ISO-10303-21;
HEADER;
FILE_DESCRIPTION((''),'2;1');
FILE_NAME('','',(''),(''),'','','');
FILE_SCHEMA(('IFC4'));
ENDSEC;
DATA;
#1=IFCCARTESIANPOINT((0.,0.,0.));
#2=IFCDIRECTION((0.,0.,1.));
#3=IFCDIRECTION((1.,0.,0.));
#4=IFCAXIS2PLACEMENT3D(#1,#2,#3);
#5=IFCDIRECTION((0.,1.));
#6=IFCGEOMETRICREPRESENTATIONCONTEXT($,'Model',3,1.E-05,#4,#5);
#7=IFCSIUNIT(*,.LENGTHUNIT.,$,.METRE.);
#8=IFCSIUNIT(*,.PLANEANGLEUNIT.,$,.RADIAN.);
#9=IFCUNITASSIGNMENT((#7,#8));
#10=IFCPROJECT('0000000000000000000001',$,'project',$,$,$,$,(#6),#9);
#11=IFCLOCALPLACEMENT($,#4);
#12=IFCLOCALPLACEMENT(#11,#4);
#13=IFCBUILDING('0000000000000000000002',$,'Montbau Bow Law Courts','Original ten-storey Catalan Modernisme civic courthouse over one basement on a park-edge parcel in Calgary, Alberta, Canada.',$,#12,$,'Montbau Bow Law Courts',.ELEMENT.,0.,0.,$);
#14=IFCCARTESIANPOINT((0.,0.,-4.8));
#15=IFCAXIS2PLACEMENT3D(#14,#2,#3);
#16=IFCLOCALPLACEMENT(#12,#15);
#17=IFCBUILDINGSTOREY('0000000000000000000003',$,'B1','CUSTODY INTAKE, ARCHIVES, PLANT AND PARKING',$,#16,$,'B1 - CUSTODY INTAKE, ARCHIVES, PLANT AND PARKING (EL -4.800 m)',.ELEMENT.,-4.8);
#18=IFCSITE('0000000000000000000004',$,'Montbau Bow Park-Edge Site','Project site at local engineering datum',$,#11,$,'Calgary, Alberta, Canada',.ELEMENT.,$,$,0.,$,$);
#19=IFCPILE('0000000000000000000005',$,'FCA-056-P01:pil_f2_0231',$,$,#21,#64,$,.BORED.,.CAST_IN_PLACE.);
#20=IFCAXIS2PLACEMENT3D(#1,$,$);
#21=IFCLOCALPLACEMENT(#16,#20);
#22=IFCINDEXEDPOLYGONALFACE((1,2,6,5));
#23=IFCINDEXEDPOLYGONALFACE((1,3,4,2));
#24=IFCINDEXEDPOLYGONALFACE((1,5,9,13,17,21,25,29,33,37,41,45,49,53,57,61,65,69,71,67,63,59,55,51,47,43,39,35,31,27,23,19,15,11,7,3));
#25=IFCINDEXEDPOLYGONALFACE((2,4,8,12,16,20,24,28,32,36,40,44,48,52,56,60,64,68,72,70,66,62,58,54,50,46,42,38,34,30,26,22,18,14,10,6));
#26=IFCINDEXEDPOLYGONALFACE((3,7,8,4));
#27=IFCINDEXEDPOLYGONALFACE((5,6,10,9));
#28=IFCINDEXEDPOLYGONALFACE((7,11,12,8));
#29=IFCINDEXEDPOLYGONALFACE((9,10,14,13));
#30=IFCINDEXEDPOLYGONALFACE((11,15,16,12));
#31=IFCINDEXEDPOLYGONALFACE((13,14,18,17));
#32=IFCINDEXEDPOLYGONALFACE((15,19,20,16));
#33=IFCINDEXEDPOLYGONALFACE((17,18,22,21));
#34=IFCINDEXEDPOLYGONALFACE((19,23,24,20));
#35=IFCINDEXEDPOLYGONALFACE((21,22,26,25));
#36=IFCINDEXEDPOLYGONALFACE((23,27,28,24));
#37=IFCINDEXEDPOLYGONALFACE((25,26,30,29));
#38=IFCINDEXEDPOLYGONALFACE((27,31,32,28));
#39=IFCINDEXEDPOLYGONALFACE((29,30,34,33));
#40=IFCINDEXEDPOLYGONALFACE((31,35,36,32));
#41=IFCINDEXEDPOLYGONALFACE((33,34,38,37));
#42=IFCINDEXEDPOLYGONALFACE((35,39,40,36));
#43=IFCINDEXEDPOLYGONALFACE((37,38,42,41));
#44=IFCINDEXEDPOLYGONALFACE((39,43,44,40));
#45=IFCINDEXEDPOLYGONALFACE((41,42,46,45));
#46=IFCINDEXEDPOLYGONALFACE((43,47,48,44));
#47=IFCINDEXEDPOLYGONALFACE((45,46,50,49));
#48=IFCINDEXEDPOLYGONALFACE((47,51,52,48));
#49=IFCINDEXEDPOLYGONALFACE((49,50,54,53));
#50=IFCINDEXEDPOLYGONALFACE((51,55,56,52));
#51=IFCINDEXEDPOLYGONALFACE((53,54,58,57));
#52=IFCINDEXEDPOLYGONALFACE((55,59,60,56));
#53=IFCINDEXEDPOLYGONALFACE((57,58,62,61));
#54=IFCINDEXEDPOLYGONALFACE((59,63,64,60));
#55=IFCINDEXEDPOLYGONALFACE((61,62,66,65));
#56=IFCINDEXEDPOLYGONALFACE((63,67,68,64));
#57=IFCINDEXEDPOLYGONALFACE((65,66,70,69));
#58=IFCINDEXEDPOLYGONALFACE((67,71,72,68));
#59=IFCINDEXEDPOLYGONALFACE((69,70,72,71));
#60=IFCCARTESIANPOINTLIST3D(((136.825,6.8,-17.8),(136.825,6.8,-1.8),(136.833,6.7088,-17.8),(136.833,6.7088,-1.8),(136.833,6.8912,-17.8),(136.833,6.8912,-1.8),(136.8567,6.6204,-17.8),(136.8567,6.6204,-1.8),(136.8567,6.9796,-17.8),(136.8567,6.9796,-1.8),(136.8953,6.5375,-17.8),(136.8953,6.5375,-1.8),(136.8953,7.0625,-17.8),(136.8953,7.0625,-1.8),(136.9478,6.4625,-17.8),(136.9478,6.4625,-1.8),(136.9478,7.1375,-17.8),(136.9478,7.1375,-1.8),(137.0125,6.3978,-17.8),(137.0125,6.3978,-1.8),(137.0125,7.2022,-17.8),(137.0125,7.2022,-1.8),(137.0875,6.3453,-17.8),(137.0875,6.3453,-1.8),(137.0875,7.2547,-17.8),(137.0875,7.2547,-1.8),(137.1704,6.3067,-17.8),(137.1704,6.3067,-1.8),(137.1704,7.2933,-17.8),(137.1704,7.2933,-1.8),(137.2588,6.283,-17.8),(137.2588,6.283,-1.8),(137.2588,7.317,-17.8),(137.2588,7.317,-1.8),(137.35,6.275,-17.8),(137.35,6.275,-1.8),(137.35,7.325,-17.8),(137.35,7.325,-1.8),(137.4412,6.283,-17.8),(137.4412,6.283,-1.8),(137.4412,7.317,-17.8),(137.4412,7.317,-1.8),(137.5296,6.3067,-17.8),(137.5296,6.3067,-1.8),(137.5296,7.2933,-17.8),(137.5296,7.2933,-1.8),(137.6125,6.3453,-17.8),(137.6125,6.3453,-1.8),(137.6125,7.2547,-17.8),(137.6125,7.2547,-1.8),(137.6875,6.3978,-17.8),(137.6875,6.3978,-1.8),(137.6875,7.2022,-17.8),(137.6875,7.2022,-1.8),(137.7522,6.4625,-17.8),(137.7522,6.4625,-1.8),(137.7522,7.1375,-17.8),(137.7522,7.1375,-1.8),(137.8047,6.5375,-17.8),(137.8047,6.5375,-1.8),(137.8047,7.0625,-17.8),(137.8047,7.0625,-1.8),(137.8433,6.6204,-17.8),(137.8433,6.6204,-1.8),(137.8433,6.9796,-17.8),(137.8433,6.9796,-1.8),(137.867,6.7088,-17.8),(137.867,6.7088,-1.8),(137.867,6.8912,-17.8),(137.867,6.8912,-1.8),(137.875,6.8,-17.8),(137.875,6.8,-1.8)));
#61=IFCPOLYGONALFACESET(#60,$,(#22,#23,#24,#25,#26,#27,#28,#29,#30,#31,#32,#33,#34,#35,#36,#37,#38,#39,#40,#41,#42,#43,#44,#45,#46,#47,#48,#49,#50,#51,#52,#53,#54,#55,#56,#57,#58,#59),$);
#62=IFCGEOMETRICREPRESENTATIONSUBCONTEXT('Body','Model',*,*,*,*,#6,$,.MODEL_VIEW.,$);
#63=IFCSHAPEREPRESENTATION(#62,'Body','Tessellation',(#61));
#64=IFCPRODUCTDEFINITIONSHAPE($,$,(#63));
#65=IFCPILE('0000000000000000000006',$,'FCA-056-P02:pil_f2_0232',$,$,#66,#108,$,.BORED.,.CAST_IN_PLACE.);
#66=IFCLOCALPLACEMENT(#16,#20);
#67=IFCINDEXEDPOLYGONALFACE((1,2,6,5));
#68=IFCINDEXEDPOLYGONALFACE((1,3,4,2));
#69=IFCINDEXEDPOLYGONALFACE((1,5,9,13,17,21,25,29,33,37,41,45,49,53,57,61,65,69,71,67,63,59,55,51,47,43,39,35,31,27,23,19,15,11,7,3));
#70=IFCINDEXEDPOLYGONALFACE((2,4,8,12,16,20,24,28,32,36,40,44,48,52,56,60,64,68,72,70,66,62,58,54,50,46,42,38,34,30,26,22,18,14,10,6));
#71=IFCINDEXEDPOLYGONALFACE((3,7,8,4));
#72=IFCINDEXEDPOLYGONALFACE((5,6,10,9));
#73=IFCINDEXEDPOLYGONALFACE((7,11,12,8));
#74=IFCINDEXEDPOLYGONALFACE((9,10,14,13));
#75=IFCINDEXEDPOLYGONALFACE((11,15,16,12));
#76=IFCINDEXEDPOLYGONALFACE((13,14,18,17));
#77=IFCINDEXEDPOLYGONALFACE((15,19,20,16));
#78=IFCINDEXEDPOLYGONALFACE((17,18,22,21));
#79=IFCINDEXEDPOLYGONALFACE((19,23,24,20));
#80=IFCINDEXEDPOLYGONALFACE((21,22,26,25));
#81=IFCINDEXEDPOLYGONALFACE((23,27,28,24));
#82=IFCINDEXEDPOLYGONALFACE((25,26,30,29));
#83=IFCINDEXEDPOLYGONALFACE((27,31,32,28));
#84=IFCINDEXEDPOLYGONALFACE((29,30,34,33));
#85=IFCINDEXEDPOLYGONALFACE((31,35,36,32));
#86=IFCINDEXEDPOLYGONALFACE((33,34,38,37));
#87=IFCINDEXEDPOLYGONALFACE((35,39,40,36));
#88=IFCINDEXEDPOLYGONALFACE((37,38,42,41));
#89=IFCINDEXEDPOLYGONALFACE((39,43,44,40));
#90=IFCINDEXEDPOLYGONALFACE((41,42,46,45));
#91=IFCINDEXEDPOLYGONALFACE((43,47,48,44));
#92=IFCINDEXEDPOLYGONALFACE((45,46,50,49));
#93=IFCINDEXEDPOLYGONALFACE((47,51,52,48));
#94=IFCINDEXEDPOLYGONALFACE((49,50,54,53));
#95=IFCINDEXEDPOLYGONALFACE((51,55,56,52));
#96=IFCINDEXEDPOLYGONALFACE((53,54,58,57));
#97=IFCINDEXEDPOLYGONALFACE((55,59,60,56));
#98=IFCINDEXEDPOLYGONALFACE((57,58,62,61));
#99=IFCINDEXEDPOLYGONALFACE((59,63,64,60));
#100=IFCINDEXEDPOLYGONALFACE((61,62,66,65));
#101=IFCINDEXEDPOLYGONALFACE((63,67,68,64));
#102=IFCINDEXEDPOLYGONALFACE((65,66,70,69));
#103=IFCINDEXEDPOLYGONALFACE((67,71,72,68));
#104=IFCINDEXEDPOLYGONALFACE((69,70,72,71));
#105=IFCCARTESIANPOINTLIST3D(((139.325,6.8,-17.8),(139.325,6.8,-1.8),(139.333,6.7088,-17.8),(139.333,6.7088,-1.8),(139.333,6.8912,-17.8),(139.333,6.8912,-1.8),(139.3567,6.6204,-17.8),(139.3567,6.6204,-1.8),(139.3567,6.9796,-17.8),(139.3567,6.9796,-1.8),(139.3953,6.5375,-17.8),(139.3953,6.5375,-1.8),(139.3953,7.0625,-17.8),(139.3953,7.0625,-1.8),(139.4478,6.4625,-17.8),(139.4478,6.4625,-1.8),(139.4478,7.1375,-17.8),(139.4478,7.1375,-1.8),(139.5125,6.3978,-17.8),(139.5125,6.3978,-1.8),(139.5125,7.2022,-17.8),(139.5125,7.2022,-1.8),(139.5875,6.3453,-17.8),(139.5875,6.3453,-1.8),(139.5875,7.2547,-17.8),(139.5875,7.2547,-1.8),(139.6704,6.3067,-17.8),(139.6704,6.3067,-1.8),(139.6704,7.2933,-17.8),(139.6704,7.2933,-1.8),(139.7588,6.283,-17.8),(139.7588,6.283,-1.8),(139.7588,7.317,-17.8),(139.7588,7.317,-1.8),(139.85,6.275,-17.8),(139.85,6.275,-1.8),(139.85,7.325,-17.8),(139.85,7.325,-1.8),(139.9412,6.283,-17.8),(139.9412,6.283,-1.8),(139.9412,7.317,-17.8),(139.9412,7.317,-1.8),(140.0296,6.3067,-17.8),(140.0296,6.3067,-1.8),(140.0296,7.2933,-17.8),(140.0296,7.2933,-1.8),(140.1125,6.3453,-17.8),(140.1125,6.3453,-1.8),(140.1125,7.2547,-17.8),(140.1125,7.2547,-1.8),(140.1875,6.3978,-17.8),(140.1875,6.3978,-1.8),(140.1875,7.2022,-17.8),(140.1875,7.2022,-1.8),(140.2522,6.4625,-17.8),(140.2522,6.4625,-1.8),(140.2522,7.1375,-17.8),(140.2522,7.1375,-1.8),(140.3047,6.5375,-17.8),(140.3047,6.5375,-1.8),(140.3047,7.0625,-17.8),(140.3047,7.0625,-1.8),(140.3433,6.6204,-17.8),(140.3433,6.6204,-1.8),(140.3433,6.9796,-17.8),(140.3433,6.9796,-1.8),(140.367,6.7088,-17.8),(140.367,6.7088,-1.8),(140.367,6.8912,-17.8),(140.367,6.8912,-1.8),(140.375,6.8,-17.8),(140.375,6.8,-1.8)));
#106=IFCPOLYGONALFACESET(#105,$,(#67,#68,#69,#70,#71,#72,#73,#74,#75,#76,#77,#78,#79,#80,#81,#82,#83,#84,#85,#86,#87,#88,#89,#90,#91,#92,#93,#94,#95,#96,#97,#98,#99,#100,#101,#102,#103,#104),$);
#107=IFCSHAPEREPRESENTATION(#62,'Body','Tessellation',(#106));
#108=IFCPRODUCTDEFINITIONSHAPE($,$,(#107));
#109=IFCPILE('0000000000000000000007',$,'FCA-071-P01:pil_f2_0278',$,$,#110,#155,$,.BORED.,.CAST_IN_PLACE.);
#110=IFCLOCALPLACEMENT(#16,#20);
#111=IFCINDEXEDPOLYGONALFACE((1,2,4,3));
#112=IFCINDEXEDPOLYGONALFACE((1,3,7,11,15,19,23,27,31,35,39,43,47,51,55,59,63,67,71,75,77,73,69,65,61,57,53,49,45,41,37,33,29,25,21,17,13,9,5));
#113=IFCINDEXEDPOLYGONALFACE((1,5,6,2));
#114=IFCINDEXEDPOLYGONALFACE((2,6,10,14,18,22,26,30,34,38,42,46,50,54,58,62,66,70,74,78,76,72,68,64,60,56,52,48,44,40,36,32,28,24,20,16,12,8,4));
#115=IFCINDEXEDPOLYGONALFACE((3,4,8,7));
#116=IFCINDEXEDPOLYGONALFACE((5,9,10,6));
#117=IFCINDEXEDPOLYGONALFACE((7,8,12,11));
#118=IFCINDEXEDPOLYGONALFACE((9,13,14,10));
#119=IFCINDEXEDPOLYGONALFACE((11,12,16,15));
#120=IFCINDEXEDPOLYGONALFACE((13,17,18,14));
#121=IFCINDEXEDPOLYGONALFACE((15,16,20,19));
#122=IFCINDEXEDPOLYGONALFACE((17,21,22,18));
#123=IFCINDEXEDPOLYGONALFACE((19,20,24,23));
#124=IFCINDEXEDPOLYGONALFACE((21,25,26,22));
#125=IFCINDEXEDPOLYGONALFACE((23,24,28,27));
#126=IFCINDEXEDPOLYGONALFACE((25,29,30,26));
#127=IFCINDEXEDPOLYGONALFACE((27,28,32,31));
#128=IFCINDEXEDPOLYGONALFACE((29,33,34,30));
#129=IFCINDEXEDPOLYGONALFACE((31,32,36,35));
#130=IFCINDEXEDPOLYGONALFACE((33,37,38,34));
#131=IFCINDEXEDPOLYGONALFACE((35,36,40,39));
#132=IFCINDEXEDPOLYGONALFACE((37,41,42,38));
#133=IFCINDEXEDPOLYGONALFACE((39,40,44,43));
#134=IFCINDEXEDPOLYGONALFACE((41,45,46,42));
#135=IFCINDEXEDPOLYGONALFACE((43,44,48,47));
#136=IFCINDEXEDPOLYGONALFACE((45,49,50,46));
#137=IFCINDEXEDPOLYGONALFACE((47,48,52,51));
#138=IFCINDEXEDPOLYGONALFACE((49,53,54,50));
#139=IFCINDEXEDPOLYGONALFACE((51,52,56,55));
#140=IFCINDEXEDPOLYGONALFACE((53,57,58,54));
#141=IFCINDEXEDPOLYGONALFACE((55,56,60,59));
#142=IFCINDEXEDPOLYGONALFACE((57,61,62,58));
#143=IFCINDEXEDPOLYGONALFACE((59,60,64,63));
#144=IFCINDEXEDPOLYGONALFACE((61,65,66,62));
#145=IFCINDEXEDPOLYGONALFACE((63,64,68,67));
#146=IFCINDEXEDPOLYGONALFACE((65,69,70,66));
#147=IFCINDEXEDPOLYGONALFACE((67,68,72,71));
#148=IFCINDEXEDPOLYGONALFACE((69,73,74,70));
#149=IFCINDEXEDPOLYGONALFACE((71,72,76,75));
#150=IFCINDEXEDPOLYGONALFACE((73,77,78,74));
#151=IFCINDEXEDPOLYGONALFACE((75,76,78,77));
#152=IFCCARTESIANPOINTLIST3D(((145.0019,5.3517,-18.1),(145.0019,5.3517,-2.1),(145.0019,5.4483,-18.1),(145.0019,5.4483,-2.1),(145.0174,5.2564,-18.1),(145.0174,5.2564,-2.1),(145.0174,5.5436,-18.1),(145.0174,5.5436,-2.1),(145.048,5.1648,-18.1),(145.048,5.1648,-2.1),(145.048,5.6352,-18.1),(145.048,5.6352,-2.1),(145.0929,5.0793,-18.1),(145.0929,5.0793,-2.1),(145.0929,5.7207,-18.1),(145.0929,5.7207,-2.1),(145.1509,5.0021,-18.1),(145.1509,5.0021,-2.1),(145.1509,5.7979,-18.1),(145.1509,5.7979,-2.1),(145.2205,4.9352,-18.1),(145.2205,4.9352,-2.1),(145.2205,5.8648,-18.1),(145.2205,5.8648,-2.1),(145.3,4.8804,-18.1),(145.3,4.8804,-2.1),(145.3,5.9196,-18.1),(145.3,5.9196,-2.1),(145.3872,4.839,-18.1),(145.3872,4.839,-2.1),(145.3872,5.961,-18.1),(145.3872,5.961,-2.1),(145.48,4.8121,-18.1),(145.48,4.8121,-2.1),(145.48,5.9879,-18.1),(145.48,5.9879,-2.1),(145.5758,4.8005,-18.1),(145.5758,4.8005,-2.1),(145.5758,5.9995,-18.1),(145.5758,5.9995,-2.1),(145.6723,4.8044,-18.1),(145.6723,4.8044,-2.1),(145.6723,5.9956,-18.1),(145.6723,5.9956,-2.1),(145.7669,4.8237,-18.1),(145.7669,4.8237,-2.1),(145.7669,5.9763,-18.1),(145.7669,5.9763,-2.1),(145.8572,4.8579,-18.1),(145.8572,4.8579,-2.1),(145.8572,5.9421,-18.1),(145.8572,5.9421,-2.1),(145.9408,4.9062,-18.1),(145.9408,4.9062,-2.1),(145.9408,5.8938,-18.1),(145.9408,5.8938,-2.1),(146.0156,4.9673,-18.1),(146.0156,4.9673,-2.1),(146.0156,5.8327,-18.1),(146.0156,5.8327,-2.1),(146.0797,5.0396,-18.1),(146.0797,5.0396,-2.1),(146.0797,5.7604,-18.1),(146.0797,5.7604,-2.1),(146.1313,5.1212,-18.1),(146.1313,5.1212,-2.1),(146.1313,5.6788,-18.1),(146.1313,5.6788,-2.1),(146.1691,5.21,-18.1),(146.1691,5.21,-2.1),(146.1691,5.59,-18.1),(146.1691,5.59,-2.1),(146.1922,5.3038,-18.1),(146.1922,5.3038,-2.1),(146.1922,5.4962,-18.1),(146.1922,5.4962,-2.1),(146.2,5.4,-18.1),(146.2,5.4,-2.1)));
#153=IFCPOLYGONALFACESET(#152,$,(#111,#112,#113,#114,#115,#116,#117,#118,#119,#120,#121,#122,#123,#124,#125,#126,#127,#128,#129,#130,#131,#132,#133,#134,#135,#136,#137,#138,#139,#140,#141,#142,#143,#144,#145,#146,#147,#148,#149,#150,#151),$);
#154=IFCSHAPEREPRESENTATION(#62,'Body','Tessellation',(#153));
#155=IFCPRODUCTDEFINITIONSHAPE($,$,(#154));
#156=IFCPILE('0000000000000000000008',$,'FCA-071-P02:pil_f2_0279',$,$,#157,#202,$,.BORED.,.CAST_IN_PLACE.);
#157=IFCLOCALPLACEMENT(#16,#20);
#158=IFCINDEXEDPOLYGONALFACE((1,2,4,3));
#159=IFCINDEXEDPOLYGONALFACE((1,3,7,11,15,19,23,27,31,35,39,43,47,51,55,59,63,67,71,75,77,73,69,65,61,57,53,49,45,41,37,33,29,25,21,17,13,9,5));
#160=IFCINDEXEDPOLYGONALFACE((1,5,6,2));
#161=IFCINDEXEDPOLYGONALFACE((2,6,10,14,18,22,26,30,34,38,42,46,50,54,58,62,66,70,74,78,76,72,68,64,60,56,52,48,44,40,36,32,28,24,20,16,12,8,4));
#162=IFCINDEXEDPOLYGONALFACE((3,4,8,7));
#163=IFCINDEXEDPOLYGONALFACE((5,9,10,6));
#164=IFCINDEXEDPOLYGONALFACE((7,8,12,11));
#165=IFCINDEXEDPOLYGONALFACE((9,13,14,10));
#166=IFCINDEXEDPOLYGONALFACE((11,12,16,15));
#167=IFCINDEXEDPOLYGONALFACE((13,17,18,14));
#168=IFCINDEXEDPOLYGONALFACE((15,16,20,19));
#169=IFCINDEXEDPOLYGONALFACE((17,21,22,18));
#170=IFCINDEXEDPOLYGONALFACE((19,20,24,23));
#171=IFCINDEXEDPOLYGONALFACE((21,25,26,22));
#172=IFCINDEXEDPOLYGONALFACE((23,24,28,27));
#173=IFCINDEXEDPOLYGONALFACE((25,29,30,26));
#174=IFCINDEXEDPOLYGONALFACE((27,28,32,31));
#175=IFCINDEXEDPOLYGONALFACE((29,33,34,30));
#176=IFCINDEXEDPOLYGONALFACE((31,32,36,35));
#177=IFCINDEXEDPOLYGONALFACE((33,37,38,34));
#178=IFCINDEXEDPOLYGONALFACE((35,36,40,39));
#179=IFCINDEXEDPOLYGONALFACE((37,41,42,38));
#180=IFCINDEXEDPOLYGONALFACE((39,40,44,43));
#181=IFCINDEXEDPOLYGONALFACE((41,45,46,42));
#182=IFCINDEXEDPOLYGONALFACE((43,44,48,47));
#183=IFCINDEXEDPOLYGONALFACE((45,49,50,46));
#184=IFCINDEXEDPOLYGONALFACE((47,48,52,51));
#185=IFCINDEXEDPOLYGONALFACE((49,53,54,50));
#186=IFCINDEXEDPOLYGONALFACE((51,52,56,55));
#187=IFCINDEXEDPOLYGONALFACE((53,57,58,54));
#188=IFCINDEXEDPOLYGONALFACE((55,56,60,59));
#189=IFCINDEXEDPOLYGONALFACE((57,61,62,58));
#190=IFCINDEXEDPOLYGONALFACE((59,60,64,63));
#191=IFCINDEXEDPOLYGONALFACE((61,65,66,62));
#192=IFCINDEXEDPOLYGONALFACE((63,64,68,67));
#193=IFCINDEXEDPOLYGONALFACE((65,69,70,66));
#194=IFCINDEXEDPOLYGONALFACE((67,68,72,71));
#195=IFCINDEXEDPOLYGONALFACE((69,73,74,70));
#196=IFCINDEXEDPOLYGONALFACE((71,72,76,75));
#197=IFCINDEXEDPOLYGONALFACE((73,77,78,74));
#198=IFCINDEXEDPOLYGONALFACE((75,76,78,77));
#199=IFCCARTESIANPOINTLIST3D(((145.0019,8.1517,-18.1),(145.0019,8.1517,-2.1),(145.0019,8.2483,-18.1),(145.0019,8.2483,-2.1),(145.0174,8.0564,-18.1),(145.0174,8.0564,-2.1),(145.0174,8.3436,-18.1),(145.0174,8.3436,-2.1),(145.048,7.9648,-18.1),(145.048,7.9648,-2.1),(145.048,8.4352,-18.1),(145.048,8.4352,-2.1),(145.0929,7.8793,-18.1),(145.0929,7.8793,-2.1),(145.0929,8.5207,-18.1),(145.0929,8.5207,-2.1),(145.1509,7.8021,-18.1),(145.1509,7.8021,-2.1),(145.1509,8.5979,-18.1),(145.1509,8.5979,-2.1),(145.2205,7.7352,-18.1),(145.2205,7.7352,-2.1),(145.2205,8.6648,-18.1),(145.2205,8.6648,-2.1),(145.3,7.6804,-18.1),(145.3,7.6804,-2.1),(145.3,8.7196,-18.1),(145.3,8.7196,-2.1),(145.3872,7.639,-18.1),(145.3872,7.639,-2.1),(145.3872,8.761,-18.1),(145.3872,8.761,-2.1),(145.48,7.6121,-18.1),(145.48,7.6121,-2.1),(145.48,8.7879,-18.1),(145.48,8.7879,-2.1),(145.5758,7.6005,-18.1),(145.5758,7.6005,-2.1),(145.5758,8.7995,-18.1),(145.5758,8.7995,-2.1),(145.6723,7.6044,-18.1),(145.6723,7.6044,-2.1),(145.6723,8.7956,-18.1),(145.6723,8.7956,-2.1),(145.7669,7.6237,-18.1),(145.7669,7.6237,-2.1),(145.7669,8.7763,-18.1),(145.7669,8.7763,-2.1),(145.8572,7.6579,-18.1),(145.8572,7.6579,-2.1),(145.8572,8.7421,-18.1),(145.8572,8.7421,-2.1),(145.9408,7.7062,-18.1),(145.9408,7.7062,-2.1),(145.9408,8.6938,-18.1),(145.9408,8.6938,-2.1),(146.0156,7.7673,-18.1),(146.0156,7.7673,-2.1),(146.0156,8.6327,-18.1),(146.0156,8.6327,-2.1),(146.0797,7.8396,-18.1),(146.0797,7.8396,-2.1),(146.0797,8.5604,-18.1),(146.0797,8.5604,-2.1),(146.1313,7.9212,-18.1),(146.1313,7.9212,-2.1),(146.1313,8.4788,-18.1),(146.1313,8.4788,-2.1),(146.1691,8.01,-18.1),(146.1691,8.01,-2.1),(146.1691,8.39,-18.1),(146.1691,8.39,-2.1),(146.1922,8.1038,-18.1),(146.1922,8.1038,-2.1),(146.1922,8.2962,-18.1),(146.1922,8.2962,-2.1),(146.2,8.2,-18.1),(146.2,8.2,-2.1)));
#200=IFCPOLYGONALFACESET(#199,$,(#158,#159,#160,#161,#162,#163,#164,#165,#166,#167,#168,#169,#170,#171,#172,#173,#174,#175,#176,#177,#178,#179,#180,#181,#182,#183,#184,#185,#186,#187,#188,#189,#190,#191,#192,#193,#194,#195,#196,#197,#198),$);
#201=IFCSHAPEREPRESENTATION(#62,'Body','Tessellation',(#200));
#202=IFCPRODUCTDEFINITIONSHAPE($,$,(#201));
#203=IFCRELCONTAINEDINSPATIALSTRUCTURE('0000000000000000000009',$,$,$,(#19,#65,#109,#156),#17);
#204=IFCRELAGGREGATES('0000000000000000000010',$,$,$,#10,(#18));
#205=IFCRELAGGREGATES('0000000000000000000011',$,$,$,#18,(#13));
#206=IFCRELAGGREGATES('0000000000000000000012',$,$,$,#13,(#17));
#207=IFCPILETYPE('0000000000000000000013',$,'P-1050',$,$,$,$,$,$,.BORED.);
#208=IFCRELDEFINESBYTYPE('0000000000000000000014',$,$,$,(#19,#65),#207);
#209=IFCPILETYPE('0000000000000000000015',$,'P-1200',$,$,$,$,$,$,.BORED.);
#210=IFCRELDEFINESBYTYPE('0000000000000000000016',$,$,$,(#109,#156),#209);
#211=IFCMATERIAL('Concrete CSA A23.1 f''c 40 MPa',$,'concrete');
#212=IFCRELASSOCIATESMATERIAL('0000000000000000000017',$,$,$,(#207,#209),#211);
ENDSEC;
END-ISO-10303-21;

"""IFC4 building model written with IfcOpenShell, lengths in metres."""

from ifc_helpers import new_model, si_unit, direction, frame, origin_with_axes, origin_2d_with_axis, place, context, subcontext, project, spatial, circle, extrude, material, material_profile, profile_set, type_object, element, save


model = new_model("IFC4")

# Units and contexts
model_context = context("Model", 3, precision=1e-05, world=origin_with_axes(), true_north=direction((0.0, 1.0)))
body_context = subcontext(model_context, "Body", "Model", "MODEL_VIEW")
ifc_project = project(units=[si_unit("LENGTHUNIT", "METRE"), si_unit("PLANEANGLEUNIT", "RADIAN")], contexts=[model_context])

# Site, building, storey
site_placement = place(None, origin_with_axes())
site = spatial("IfcSite", under=ifc_project, at=site_placement, Name="Montbau Bow Park-Edge Site", Description="Project site at local engineering datum", LongName="Calgary, Alberta, Canada", CompositionType="ELEMENT", RefElevation=0.0)
building_placement = place(site_placement, origin_with_axes())
building = spatial("IfcBuilding", under=site, at=building_placement, Name="Montbau Bow Law Courts", Description="Original ten-storey Catalan Modernisme civic courthouse over one basement on a park-edge parcel in Calgary, Alberta, Canada.", LongName="Montbau Bow Law Courts", CompositionType="ELEMENT", ElevationOfRefHeight=0.0, ElevationOfTerrain=0.0)
storey_placement = place(building_placement, frame((0.0, 0.0, -4.8), z_axis=(0.0, 0.0, 1.0), x_axis=(1.0, 0.0, 0.0)))
storey = spatial("IfcBuildingStorey", under=building, at=storey_placement, Name="B1", Description="CUSTODY INTAKE, ARCHIVES, PLANT AND PARKING", LongName="B1 - CUSTODY INTAKE, ARCHIVES, PLANT AND PARKING (EL -4.800 m)", CompositionType="ELEMENT", Elevation=-4.8)

# Piles
ifc_material_1 = material(Name="Concrete CSA A23.1 f'c 40 MPa", Category="concrete")
ifc_material_profile_1 = material_profile(ifc_material_1, circle(Radius=0.525, at=origin_2d_with_axis()), Name="BP1050", Category="Main", Priority=0)
ifc_profile_set_1 = profile_set([ifc_material_profile_1], Name="Concrete CSA A23.1 f'c 40 MPa")
pile_type_1 = type_object("IfcPileType", Name="P-1050", PredefinedType="BORED", material=ifc_profile_set_1)
for number, where, z_axis, x_axis, name in (
    (1, (137.35, 6.8, -22.6), (0.0, 0.0, 1.0), (1.0, 0.0, 0.0), "FCA-056-P01:pil_f2_0231"),
    (2, (139.85, 6.8, -22.6), (0.0, 0.0, 1.0), (1.0, 0.0, 0.0), "FCA-056-P02:pil_f2_0232"),
):
    element("IfcPile", number, at=place(None, frame(where, z_axis=z_axis, x_axis=x_axis)), inside=storey, type_object=pile_type_1, Name=name, ConstructionType="CAST_IN_PLACE", PredefinedType="BORED", context=body_context, shape_type="SweptSolid", body=[
        extrude(circle(Radius=0.525, at=origin_2d_with_axis()), origin_with_axes(), (0.0, 0.0, 1.0), 16.0),
    ])
ifc_material_profile_2 = material_profile(ifc_material_1, circle(Radius=0.6, at=origin_2d_with_axis()), Name="BP1200", Category="Main", Priority=0)
ifc_profile_set_2 = profile_set([ifc_material_profile_2], Name="Concrete CSA A23.1 f'c 40 MPa")
pile_type_2 = type_object("IfcPileType", Name="P-1200", PredefinedType="BORED", material=ifc_profile_set_2)
for number, where, z_axis, x_axis, name in (
    (3, (145.6, 5.4, -22.9), (0.0, 0.0, 1.0), (1.0, 0.0, 0.0), "FCA-071-P01:pil_f2_0278"),
    (4, (145.6, 8.2, -22.9), (0.0, 0.0, 1.0), (1.0, 0.0, 0.0), "FCA-071-P02:pil_f2_0279"),
):
    element("IfcPile", number, at=place(None, frame(where, z_axis=z_axis, x_axis=x_axis)), inside=storey, type_object=pile_type_2, Name=name, ConstructionType="CAST_IN_PLACE", PredefinedType="BORED", context=body_context, shape_type="SweptSolid", body=[
        extrude(circle(Radius=0.6, at=origin_2d_with_axis()), origin_with_axes(), (0.0, 0.0, 1.0), 16.0),
    ])

save(model, "model.ifc")
